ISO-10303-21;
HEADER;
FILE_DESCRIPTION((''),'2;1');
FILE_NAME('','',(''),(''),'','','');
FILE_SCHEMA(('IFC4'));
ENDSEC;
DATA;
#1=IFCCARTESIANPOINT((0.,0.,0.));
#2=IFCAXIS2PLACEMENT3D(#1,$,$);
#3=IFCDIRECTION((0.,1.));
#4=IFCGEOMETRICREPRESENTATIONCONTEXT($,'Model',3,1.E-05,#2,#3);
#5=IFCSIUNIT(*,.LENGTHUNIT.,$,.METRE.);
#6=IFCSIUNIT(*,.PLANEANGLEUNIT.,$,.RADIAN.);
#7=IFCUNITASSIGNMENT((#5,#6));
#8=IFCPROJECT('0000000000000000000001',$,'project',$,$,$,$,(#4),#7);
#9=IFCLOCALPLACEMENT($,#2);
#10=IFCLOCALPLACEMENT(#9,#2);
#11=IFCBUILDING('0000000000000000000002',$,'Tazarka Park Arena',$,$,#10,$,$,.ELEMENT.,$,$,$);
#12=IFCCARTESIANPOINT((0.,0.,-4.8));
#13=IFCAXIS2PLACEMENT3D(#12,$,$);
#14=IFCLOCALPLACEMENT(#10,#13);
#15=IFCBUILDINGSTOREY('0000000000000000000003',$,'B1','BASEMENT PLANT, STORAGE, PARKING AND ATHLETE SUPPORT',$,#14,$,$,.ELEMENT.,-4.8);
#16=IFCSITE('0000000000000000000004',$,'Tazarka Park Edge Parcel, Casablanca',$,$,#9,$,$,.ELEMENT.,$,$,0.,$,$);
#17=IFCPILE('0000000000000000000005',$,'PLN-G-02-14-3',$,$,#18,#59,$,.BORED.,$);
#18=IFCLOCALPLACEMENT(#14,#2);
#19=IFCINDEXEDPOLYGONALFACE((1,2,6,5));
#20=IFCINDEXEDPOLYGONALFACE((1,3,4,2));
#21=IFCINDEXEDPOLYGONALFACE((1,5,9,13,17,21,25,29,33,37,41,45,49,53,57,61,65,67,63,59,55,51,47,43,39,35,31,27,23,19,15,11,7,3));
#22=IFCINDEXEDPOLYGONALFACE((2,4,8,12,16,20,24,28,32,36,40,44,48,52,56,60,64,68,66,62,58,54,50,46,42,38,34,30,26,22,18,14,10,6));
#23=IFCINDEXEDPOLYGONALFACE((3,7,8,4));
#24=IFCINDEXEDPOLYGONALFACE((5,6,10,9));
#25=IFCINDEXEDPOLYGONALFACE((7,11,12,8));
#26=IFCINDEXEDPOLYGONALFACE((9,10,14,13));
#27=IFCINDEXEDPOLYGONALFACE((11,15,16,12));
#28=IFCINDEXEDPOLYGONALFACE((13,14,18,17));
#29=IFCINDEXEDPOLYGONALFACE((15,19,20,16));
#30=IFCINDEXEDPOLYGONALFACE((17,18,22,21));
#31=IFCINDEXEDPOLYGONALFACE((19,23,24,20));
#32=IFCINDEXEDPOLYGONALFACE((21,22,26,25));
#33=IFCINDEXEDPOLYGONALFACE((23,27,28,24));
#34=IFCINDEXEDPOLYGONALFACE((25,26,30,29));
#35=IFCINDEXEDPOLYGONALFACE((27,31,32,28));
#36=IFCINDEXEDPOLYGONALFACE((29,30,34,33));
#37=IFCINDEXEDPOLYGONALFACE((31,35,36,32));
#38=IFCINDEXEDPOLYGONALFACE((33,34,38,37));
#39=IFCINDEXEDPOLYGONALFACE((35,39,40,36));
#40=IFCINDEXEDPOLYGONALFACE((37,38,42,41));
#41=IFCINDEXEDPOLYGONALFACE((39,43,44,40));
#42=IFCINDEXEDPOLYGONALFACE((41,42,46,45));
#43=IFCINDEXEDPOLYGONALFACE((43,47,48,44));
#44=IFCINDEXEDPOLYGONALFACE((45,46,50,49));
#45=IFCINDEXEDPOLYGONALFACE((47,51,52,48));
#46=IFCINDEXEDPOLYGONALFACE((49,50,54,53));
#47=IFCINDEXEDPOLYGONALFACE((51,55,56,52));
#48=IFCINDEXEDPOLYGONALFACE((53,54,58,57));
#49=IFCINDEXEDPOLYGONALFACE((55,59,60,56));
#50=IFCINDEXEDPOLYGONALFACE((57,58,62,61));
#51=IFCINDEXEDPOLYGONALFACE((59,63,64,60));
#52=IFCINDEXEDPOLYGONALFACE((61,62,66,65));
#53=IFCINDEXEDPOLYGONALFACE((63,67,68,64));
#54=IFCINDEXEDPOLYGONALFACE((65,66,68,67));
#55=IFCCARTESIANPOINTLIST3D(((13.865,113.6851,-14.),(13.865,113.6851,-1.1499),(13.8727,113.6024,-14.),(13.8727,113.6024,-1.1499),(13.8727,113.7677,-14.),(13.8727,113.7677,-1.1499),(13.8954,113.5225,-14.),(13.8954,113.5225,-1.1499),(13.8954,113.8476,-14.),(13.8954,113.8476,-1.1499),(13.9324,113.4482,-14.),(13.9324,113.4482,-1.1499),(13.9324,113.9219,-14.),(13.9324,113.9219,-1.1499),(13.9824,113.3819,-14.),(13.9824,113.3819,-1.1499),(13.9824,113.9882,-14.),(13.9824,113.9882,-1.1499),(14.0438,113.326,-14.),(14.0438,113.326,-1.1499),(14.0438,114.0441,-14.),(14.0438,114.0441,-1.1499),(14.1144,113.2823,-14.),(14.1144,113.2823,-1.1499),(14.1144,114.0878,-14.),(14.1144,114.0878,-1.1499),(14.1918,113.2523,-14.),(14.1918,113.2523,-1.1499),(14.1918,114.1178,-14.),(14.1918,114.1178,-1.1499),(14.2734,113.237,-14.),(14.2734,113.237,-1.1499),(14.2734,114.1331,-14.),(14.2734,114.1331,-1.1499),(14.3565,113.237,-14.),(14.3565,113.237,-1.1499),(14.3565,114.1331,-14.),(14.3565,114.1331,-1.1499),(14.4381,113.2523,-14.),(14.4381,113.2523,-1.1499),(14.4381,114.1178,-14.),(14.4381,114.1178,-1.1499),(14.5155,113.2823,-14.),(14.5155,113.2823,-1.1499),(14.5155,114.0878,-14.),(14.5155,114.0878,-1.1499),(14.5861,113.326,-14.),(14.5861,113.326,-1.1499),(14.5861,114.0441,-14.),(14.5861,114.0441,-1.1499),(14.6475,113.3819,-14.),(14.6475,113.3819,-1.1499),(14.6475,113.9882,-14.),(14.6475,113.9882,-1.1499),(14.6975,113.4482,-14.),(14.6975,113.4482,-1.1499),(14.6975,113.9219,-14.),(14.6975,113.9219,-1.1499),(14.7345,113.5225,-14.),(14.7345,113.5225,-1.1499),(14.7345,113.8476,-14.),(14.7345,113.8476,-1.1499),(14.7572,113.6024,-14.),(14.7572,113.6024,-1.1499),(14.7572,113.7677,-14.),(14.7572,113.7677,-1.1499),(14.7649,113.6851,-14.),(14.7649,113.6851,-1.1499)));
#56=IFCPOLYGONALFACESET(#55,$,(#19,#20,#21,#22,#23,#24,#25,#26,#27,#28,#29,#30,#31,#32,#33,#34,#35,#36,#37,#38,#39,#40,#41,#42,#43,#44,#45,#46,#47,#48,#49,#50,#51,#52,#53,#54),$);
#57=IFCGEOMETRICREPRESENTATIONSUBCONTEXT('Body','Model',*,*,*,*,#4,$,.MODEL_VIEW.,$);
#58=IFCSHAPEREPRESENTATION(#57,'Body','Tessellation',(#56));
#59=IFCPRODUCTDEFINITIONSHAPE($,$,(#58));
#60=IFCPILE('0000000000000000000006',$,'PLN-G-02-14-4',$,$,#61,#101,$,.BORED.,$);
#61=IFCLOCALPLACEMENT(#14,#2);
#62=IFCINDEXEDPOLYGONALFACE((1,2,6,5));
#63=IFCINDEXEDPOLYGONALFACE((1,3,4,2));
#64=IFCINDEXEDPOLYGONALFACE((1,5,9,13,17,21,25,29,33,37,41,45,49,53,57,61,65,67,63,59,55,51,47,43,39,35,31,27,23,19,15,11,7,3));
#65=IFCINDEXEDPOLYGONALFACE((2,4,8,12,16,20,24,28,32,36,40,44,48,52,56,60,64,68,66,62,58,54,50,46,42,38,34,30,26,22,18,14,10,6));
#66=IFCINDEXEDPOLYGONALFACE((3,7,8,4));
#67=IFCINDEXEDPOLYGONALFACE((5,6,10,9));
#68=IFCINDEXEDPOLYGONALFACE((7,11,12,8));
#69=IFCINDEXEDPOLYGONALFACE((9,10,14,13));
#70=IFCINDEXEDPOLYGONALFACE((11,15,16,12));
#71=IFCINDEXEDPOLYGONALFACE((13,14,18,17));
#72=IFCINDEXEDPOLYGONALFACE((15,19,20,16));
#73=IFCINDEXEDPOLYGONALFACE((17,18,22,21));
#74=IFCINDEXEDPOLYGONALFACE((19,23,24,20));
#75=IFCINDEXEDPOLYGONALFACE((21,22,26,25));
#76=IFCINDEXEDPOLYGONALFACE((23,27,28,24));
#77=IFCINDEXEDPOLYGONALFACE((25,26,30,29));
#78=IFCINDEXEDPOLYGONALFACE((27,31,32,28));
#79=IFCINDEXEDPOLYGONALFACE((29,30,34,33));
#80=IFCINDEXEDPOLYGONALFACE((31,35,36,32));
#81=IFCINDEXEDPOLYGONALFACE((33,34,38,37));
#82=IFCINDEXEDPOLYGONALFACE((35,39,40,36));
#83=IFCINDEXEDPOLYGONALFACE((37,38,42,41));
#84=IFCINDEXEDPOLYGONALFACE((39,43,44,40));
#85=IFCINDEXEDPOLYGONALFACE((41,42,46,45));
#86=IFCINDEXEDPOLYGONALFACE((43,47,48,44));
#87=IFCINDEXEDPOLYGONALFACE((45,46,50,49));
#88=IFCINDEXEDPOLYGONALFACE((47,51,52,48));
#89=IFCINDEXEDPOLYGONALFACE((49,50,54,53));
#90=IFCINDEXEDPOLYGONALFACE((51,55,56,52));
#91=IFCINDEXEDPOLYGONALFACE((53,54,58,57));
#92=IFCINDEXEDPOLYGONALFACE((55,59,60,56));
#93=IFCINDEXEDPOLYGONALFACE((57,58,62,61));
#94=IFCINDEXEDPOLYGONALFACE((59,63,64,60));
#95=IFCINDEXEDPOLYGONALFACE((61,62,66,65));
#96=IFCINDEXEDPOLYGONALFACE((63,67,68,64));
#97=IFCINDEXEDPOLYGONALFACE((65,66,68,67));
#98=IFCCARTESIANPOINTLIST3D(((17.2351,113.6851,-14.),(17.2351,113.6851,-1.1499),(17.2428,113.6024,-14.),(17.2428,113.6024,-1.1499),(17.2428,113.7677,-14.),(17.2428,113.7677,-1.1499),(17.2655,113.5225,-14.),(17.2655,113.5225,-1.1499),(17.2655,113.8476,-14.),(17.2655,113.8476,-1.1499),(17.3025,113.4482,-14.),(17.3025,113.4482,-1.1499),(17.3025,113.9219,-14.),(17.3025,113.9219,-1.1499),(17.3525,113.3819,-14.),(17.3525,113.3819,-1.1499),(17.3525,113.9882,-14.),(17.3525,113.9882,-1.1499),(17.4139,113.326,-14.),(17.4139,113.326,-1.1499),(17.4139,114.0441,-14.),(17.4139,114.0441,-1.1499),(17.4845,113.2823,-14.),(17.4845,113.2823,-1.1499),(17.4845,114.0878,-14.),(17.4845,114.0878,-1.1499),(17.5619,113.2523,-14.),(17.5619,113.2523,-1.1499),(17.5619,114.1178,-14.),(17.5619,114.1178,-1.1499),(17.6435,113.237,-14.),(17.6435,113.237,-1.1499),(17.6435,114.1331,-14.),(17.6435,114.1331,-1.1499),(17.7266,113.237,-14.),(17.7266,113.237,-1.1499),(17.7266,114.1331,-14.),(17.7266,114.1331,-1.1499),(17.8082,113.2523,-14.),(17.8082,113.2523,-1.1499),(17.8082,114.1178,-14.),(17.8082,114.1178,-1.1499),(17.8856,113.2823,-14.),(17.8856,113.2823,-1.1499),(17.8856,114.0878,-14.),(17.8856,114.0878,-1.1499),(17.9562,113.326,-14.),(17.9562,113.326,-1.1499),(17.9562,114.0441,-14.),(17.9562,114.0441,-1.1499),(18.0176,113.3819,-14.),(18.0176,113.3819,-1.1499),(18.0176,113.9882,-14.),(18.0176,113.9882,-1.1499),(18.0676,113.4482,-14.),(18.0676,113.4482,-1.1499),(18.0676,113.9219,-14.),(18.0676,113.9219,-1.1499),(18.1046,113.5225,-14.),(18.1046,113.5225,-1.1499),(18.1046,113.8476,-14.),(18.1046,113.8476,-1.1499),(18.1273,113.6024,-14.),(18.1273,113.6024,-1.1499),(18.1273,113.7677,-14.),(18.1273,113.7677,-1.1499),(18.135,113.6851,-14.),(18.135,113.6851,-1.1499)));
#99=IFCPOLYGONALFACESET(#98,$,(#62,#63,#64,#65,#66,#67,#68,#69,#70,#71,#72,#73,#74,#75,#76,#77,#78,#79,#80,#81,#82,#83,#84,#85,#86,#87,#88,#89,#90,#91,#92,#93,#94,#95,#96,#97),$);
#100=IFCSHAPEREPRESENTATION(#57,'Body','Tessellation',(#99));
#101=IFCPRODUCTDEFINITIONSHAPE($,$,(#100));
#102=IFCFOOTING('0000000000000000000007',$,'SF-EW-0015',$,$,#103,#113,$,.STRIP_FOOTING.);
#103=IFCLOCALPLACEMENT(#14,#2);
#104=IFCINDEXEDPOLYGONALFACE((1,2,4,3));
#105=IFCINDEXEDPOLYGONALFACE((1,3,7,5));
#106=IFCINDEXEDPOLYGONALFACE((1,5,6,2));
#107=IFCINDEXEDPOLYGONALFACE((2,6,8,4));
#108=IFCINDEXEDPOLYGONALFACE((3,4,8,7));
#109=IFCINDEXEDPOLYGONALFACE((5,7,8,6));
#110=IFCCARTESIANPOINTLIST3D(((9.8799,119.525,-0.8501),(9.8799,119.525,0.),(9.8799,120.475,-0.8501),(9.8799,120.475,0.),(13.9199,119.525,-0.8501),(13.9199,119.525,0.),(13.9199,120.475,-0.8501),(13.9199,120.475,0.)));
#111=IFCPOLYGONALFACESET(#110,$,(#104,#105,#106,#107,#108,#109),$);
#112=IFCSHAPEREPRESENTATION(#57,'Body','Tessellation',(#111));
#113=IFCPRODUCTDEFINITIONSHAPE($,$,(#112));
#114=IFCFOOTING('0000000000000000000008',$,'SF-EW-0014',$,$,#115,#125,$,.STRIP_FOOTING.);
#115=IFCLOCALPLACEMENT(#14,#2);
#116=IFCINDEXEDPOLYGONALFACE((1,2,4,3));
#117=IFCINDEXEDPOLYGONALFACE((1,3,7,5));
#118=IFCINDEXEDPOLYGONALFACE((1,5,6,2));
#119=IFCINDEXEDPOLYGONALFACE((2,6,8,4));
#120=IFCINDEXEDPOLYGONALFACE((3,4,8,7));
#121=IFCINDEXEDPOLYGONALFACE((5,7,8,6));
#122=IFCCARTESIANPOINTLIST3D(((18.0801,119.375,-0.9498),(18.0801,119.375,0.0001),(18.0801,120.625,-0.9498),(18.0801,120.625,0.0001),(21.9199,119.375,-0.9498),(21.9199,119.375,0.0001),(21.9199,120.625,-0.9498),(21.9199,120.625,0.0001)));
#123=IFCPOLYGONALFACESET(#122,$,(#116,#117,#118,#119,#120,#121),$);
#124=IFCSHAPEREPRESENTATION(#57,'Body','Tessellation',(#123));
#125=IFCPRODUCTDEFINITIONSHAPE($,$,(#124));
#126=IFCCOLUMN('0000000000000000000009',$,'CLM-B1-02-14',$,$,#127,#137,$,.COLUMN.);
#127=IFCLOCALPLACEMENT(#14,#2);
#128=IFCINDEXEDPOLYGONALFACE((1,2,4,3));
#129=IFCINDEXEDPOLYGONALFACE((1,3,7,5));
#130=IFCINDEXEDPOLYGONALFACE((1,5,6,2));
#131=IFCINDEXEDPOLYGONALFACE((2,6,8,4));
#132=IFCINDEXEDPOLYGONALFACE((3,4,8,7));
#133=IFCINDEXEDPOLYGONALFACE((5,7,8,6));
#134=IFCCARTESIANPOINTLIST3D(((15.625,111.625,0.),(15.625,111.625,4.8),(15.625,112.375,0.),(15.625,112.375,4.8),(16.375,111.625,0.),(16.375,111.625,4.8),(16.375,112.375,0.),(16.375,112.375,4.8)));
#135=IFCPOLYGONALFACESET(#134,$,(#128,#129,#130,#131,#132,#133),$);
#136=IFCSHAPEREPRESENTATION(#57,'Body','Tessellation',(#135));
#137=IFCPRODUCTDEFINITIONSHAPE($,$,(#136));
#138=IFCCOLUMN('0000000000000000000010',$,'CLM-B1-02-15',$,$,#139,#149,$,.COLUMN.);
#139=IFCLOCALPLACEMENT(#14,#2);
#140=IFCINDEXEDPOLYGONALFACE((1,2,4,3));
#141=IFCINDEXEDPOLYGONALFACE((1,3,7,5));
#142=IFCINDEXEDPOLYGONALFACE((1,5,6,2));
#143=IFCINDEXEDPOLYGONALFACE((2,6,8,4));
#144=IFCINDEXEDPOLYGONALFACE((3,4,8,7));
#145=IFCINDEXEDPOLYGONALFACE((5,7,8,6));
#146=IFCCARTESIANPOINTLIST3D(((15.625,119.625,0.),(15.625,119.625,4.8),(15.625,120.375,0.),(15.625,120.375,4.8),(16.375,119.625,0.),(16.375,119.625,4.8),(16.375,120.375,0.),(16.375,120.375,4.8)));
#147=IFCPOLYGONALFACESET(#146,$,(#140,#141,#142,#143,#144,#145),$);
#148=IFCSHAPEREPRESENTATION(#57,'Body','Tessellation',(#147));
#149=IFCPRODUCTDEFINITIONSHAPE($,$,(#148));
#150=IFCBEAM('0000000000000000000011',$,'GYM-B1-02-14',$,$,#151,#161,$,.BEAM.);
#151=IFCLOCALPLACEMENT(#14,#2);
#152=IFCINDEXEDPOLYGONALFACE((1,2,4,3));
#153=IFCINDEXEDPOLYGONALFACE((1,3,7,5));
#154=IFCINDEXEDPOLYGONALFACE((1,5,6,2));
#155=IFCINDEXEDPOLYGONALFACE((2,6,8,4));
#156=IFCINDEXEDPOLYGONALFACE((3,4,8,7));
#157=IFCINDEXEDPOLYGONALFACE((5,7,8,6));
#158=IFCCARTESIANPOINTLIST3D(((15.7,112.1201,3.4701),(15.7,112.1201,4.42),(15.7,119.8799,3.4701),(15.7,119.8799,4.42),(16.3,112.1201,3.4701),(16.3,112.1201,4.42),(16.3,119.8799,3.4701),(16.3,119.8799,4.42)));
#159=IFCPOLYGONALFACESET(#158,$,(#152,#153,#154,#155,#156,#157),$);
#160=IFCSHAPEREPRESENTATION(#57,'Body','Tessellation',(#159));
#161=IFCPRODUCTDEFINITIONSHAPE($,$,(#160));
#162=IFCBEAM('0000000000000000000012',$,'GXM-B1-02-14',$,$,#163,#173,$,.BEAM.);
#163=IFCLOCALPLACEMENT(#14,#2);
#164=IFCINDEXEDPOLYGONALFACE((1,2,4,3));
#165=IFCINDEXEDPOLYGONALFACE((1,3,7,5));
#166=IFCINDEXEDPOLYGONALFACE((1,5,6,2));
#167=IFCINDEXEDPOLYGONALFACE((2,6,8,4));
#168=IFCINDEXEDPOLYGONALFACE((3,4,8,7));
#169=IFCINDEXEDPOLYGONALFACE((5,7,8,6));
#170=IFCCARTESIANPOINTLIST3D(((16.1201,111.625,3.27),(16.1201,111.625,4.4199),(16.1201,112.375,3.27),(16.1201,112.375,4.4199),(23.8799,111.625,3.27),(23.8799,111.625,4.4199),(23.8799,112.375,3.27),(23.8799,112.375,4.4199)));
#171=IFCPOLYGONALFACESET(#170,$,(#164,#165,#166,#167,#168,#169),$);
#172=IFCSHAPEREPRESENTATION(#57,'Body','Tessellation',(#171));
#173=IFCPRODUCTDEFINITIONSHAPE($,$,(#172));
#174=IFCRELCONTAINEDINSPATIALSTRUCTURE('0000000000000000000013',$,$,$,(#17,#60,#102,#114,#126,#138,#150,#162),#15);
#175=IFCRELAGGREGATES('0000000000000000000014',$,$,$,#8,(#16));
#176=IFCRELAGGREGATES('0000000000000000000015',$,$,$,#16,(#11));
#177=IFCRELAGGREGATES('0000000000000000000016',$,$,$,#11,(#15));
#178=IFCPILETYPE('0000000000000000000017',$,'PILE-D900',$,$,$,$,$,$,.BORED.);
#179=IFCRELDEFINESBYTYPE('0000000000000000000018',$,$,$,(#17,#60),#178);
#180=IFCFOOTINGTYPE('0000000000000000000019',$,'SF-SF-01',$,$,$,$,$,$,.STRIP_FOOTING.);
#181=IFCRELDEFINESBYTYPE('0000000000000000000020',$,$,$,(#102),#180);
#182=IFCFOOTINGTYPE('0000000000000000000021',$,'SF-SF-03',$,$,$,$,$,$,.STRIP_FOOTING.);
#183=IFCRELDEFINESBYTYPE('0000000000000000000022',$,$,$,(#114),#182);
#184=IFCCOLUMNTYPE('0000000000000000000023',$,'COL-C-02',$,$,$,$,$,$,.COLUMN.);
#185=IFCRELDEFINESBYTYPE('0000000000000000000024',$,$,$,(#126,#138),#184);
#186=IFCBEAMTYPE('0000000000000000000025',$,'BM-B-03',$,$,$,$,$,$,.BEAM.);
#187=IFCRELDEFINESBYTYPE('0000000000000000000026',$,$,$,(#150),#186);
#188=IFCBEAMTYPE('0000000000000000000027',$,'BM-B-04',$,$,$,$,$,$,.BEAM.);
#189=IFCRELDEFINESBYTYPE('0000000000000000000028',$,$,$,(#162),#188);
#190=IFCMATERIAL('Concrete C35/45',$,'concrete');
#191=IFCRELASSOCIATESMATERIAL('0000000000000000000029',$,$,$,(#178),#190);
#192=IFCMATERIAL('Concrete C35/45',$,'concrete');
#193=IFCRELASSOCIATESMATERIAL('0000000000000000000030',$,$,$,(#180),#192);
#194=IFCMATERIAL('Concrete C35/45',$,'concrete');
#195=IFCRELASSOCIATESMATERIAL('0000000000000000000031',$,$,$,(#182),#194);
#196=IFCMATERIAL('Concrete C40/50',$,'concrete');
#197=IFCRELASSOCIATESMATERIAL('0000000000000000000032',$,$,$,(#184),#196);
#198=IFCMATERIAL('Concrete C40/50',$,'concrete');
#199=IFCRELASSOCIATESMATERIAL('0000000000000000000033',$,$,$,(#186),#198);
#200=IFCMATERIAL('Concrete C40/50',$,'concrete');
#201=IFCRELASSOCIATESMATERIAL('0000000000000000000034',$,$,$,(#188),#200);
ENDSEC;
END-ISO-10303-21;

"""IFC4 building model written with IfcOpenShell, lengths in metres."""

from ifc_helpers import new_model, si_unit, direction, frame, origin, origin_2d, place, context, subcontext, project, spatial, rectangle, circle, extrude, material, material_profile, profile_set, type_object, element, save


model = new_model("IFC4")

# Units and contexts
model_context = context("Model", 3, precision=1e-05, world=origin(), true_north=direction((0.0, 1.0)))
body_context = subcontext(model_context, "Body", "Model", "MODEL_VIEW")
ifc_project = project(units=[si_unit("LENGTHUNIT", "METRE"), si_unit("PLANEANGLEUNIT", "RADIAN")], contexts=[model_context])

# Site, building, storey
site_placement = place(None, origin())
site = spatial("IfcSite", under=ifc_project, at=site_placement, Name="Tazarka Park Edge Parcel, Casablanca", CompositionType="ELEMENT", RefElevation=0.0)
building_placement = place(site_placement, origin())
building = spatial("IfcBuilding", under=site, at=building_placement, Name="Tazarka Park Arena", CompositionType="ELEMENT")
storey_placement = place(building_placement, frame((0.0, 0.0, -4.8)))
storey = spatial("IfcBuildingStorey", under=building, at=storey_placement, Name="B1", Description="BASEMENT PLANT, STORAGE, PARKING AND ATHLETE SUPPORT", CompositionType="ELEMENT", Elevation=-4.8)

# Piles
ifc_material_1 = material(Name="Concrete C35/45", Category="concrete")
ifc_material_profile_1 = material_profile(ifc_material_1, circle(Radius=0.45, at=origin_2d()), Name="Concrete C35/45")
ifc_profile_set_1 = profile_set([ifc_material_profile_1], Name="Concrete C35/45")
pile_type = type_object("IfcPileType", Name="PILE-D900", PredefinedType="BORED", material=ifc_profile_set_1)
for number, where, z_axis, x_axis, name in (
    (1, (14.3149, 113.6851, -1.1499), (0.0, 0.0, -1.0), (1.0, 0.0, 0.0), "PLN-G-02-14-3"),
    (2, (17.6851, 113.6851, -1.1499), (0.0, 0.0, -1.0), (1.0, 0.0, 0.0), "PLN-G-02-14-4"),
):
    element("IfcPile", number, at=place(storey_placement, frame(where, z_axis=z_axis, x_axis=x_axis)), inside=storey, type_object=pile_type, Name=name, PredefinedType="BORED", context=body_context, shape_type="SweptSolid", body=[
        extrude(circle(Radius=0.45, at=origin_2d()), origin(), (0.0, 0.0, 1.0), 12.8501),
    ])

# Footings
ifc_material_2 = material(Name="Concrete C35/45", Category="concrete")
ifc_material_profile_2 = material_profile(ifc_material_2, rectangle(XDim=0.95, YDim=0.8501, at=origin_2d()), Name="Concrete C35/45")
ifc_profile_set_2 = profile_set([ifc_material_profile_2], Name="Concrete C35/45")
footing_type_1 = type_object("IfcFootingType", Name="SF-SF-01", PredefinedType="STRIP_FOOTING", material=ifc_profile_set_2)
footing_1_placement = place(storey_placement, frame((9.8799, 120.0, -0.425), z_axis=(1.0, 0.0, 0.0), x_axis=(0.0, 1.0, 0.0)))
element("IfcFooting", 3, at=footing_1_placement, inside=storey, type_object=footing_type_1, Name="SF-EW-0015", PredefinedType="STRIP_FOOTING", context=body_context, shape_type="SweptSolid", body=[
    extrude(rectangle(XDim=0.95, YDim=0.8501, at=origin_2d()), origin(), (0.0, 0.0, 1.0), 4.04),
])
ifc_material_3 = material(Name="Concrete C35/45", Category="concrete")
ifc_material_profile_3 = material_profile(ifc_material_3, rectangle(XDim=1.25, YDim=0.95, at=origin_2d()), Name="Concrete C35/45")
ifc_profile_set_3 = profile_set([ifc_material_profile_3], Name="Concrete C35/45")
footing_type_2 = type_object("IfcFootingType", Name="SF-SF-03", PredefinedType="STRIP_FOOTING", material=ifc_profile_set_3)
footing_2_placement = place(storey_placement, frame((18.0801, 120.0, -0.4749), z_axis=(1.0, 0.0, 0.0), x_axis=(0.0, 1.0, 0.0)))
element("IfcFooting", 4, at=footing_2_placement, inside=storey, type_object=footing_type_2, Name="SF-EW-0014", PredefinedType="STRIP_FOOTING", context=body_context, shape_type="SweptSolid", body=[
    extrude(rectangle(XDim=1.25, YDim=0.95, at=origin_2d()), origin(), (0.0, 0.0, 1.0), 3.8398),
])

# Columns
ifc_material_4 = material(Name="Concrete C40/50", Category="concrete")
ifc_material_profile_4 = material_profile(ifc_material_4, rectangle(XDim=0.75, YDim=0.75, at=origin_2d()), Name="Concrete C40/50")
ifc_profile_set_4 = profile_set([ifc_material_profile_4], Name="Concrete C40/50")
column_type = type_object("IfcColumnType", Name="COL-C-02", PredefinedType="COLUMN", material=ifc_profile_set_4)
for number, where, z_axis, x_axis, name in (
    (5, (16.0, 112.0, 0.0), (0.0, 0.0, 1.0), (1.0, 0.0, 0.0), "CLM-B1-02-14"),
    (6, (16.0, 120.0, 0.0), (0.0, 0.0, 1.0), (1.0, 0.0, 0.0), "CLM-B1-02-15"),
):
    element("IfcColumn", number, at=place(storey_placement, frame(where, z_axis=z_axis, x_axis=x_axis)), inside=storey, type_object=column_type, Name=name, PredefinedType="COLUMN", context=body_context, shape_type="SweptSolid", body=[
        extrude(rectangle(XDim=0.75, YDim=0.75, at=origin_2d()), origin(), (0.0, 0.0, 1.0), 4.8),
    ])

# Beams
ifc_material_5 = material(Name="Concrete C40/50", Category="concrete")
ifc_material_profile_5 = material_profile(ifc_material_5, rectangle(XDim=0.6001, YDim=0.95, at=origin_2d()), Name="Concrete C40/50")
ifc_profile_set_5 = profile_set([ifc_material_profile_5], Name="Concrete C40/50")
beam_type_1 = type_object("IfcBeamType", Name="BM-B-03", PredefinedType="BEAM", material=ifc_profile_set_5)
beam_1_placement = place(storey_placement, frame((16.0, 112.1201, 3.9451), z_axis=(0.0, 1.0, 0.0), x_axis=(-1.0, 0.0, 0.0)))
element("IfcBeam", 7, at=beam_1_placement, inside=storey, type_object=beam_type_1, Name="GYM-B1-02-14", PredefinedType="BEAM", context=body_context, shape_type="SweptSolid", body=[
    extrude(rectangle(XDim=0.6001, YDim=0.95, at=origin_2d()), origin(), (0.0, 0.0, 1.0), 7.7598),
])
ifc_material_6 = material(Name="Concrete C40/50", Category="concrete")
ifc_material_profile_6 = material_profile(ifc_material_6, rectangle(XDim=0.75, YDim=1.1499, at=origin_2d()), Name="Concrete C40/50")
ifc_profile_set_6 = profile_set([ifc_material_profile_6], Name="Concrete C40/50")
beam_type_2 = type_object("IfcBeamType", Name="BM-B-04", PredefinedType="BEAM", material=ifc_profile_set_6)
beam_2_placement = place(storey_placement, frame((16.1201, 112.0, 3.845), z_axis=(1.0, 0.0, 0.0), x_axis=(0.0, 1.0, 0.0)))
element("IfcBeam", 8, at=beam_2_placement, inside=storey, type_object=beam_type_2, Name="GXM-B1-02-14", PredefinedType="BEAM", context=body_context, shape_type="SweptSolid", body=[
    extrude(rectangle(XDim=0.75, YDim=1.1499, at=origin_2d()), origin(), (0.0, 0.0, 1.0), 7.7598),
])

save(model, "model.ifc")
